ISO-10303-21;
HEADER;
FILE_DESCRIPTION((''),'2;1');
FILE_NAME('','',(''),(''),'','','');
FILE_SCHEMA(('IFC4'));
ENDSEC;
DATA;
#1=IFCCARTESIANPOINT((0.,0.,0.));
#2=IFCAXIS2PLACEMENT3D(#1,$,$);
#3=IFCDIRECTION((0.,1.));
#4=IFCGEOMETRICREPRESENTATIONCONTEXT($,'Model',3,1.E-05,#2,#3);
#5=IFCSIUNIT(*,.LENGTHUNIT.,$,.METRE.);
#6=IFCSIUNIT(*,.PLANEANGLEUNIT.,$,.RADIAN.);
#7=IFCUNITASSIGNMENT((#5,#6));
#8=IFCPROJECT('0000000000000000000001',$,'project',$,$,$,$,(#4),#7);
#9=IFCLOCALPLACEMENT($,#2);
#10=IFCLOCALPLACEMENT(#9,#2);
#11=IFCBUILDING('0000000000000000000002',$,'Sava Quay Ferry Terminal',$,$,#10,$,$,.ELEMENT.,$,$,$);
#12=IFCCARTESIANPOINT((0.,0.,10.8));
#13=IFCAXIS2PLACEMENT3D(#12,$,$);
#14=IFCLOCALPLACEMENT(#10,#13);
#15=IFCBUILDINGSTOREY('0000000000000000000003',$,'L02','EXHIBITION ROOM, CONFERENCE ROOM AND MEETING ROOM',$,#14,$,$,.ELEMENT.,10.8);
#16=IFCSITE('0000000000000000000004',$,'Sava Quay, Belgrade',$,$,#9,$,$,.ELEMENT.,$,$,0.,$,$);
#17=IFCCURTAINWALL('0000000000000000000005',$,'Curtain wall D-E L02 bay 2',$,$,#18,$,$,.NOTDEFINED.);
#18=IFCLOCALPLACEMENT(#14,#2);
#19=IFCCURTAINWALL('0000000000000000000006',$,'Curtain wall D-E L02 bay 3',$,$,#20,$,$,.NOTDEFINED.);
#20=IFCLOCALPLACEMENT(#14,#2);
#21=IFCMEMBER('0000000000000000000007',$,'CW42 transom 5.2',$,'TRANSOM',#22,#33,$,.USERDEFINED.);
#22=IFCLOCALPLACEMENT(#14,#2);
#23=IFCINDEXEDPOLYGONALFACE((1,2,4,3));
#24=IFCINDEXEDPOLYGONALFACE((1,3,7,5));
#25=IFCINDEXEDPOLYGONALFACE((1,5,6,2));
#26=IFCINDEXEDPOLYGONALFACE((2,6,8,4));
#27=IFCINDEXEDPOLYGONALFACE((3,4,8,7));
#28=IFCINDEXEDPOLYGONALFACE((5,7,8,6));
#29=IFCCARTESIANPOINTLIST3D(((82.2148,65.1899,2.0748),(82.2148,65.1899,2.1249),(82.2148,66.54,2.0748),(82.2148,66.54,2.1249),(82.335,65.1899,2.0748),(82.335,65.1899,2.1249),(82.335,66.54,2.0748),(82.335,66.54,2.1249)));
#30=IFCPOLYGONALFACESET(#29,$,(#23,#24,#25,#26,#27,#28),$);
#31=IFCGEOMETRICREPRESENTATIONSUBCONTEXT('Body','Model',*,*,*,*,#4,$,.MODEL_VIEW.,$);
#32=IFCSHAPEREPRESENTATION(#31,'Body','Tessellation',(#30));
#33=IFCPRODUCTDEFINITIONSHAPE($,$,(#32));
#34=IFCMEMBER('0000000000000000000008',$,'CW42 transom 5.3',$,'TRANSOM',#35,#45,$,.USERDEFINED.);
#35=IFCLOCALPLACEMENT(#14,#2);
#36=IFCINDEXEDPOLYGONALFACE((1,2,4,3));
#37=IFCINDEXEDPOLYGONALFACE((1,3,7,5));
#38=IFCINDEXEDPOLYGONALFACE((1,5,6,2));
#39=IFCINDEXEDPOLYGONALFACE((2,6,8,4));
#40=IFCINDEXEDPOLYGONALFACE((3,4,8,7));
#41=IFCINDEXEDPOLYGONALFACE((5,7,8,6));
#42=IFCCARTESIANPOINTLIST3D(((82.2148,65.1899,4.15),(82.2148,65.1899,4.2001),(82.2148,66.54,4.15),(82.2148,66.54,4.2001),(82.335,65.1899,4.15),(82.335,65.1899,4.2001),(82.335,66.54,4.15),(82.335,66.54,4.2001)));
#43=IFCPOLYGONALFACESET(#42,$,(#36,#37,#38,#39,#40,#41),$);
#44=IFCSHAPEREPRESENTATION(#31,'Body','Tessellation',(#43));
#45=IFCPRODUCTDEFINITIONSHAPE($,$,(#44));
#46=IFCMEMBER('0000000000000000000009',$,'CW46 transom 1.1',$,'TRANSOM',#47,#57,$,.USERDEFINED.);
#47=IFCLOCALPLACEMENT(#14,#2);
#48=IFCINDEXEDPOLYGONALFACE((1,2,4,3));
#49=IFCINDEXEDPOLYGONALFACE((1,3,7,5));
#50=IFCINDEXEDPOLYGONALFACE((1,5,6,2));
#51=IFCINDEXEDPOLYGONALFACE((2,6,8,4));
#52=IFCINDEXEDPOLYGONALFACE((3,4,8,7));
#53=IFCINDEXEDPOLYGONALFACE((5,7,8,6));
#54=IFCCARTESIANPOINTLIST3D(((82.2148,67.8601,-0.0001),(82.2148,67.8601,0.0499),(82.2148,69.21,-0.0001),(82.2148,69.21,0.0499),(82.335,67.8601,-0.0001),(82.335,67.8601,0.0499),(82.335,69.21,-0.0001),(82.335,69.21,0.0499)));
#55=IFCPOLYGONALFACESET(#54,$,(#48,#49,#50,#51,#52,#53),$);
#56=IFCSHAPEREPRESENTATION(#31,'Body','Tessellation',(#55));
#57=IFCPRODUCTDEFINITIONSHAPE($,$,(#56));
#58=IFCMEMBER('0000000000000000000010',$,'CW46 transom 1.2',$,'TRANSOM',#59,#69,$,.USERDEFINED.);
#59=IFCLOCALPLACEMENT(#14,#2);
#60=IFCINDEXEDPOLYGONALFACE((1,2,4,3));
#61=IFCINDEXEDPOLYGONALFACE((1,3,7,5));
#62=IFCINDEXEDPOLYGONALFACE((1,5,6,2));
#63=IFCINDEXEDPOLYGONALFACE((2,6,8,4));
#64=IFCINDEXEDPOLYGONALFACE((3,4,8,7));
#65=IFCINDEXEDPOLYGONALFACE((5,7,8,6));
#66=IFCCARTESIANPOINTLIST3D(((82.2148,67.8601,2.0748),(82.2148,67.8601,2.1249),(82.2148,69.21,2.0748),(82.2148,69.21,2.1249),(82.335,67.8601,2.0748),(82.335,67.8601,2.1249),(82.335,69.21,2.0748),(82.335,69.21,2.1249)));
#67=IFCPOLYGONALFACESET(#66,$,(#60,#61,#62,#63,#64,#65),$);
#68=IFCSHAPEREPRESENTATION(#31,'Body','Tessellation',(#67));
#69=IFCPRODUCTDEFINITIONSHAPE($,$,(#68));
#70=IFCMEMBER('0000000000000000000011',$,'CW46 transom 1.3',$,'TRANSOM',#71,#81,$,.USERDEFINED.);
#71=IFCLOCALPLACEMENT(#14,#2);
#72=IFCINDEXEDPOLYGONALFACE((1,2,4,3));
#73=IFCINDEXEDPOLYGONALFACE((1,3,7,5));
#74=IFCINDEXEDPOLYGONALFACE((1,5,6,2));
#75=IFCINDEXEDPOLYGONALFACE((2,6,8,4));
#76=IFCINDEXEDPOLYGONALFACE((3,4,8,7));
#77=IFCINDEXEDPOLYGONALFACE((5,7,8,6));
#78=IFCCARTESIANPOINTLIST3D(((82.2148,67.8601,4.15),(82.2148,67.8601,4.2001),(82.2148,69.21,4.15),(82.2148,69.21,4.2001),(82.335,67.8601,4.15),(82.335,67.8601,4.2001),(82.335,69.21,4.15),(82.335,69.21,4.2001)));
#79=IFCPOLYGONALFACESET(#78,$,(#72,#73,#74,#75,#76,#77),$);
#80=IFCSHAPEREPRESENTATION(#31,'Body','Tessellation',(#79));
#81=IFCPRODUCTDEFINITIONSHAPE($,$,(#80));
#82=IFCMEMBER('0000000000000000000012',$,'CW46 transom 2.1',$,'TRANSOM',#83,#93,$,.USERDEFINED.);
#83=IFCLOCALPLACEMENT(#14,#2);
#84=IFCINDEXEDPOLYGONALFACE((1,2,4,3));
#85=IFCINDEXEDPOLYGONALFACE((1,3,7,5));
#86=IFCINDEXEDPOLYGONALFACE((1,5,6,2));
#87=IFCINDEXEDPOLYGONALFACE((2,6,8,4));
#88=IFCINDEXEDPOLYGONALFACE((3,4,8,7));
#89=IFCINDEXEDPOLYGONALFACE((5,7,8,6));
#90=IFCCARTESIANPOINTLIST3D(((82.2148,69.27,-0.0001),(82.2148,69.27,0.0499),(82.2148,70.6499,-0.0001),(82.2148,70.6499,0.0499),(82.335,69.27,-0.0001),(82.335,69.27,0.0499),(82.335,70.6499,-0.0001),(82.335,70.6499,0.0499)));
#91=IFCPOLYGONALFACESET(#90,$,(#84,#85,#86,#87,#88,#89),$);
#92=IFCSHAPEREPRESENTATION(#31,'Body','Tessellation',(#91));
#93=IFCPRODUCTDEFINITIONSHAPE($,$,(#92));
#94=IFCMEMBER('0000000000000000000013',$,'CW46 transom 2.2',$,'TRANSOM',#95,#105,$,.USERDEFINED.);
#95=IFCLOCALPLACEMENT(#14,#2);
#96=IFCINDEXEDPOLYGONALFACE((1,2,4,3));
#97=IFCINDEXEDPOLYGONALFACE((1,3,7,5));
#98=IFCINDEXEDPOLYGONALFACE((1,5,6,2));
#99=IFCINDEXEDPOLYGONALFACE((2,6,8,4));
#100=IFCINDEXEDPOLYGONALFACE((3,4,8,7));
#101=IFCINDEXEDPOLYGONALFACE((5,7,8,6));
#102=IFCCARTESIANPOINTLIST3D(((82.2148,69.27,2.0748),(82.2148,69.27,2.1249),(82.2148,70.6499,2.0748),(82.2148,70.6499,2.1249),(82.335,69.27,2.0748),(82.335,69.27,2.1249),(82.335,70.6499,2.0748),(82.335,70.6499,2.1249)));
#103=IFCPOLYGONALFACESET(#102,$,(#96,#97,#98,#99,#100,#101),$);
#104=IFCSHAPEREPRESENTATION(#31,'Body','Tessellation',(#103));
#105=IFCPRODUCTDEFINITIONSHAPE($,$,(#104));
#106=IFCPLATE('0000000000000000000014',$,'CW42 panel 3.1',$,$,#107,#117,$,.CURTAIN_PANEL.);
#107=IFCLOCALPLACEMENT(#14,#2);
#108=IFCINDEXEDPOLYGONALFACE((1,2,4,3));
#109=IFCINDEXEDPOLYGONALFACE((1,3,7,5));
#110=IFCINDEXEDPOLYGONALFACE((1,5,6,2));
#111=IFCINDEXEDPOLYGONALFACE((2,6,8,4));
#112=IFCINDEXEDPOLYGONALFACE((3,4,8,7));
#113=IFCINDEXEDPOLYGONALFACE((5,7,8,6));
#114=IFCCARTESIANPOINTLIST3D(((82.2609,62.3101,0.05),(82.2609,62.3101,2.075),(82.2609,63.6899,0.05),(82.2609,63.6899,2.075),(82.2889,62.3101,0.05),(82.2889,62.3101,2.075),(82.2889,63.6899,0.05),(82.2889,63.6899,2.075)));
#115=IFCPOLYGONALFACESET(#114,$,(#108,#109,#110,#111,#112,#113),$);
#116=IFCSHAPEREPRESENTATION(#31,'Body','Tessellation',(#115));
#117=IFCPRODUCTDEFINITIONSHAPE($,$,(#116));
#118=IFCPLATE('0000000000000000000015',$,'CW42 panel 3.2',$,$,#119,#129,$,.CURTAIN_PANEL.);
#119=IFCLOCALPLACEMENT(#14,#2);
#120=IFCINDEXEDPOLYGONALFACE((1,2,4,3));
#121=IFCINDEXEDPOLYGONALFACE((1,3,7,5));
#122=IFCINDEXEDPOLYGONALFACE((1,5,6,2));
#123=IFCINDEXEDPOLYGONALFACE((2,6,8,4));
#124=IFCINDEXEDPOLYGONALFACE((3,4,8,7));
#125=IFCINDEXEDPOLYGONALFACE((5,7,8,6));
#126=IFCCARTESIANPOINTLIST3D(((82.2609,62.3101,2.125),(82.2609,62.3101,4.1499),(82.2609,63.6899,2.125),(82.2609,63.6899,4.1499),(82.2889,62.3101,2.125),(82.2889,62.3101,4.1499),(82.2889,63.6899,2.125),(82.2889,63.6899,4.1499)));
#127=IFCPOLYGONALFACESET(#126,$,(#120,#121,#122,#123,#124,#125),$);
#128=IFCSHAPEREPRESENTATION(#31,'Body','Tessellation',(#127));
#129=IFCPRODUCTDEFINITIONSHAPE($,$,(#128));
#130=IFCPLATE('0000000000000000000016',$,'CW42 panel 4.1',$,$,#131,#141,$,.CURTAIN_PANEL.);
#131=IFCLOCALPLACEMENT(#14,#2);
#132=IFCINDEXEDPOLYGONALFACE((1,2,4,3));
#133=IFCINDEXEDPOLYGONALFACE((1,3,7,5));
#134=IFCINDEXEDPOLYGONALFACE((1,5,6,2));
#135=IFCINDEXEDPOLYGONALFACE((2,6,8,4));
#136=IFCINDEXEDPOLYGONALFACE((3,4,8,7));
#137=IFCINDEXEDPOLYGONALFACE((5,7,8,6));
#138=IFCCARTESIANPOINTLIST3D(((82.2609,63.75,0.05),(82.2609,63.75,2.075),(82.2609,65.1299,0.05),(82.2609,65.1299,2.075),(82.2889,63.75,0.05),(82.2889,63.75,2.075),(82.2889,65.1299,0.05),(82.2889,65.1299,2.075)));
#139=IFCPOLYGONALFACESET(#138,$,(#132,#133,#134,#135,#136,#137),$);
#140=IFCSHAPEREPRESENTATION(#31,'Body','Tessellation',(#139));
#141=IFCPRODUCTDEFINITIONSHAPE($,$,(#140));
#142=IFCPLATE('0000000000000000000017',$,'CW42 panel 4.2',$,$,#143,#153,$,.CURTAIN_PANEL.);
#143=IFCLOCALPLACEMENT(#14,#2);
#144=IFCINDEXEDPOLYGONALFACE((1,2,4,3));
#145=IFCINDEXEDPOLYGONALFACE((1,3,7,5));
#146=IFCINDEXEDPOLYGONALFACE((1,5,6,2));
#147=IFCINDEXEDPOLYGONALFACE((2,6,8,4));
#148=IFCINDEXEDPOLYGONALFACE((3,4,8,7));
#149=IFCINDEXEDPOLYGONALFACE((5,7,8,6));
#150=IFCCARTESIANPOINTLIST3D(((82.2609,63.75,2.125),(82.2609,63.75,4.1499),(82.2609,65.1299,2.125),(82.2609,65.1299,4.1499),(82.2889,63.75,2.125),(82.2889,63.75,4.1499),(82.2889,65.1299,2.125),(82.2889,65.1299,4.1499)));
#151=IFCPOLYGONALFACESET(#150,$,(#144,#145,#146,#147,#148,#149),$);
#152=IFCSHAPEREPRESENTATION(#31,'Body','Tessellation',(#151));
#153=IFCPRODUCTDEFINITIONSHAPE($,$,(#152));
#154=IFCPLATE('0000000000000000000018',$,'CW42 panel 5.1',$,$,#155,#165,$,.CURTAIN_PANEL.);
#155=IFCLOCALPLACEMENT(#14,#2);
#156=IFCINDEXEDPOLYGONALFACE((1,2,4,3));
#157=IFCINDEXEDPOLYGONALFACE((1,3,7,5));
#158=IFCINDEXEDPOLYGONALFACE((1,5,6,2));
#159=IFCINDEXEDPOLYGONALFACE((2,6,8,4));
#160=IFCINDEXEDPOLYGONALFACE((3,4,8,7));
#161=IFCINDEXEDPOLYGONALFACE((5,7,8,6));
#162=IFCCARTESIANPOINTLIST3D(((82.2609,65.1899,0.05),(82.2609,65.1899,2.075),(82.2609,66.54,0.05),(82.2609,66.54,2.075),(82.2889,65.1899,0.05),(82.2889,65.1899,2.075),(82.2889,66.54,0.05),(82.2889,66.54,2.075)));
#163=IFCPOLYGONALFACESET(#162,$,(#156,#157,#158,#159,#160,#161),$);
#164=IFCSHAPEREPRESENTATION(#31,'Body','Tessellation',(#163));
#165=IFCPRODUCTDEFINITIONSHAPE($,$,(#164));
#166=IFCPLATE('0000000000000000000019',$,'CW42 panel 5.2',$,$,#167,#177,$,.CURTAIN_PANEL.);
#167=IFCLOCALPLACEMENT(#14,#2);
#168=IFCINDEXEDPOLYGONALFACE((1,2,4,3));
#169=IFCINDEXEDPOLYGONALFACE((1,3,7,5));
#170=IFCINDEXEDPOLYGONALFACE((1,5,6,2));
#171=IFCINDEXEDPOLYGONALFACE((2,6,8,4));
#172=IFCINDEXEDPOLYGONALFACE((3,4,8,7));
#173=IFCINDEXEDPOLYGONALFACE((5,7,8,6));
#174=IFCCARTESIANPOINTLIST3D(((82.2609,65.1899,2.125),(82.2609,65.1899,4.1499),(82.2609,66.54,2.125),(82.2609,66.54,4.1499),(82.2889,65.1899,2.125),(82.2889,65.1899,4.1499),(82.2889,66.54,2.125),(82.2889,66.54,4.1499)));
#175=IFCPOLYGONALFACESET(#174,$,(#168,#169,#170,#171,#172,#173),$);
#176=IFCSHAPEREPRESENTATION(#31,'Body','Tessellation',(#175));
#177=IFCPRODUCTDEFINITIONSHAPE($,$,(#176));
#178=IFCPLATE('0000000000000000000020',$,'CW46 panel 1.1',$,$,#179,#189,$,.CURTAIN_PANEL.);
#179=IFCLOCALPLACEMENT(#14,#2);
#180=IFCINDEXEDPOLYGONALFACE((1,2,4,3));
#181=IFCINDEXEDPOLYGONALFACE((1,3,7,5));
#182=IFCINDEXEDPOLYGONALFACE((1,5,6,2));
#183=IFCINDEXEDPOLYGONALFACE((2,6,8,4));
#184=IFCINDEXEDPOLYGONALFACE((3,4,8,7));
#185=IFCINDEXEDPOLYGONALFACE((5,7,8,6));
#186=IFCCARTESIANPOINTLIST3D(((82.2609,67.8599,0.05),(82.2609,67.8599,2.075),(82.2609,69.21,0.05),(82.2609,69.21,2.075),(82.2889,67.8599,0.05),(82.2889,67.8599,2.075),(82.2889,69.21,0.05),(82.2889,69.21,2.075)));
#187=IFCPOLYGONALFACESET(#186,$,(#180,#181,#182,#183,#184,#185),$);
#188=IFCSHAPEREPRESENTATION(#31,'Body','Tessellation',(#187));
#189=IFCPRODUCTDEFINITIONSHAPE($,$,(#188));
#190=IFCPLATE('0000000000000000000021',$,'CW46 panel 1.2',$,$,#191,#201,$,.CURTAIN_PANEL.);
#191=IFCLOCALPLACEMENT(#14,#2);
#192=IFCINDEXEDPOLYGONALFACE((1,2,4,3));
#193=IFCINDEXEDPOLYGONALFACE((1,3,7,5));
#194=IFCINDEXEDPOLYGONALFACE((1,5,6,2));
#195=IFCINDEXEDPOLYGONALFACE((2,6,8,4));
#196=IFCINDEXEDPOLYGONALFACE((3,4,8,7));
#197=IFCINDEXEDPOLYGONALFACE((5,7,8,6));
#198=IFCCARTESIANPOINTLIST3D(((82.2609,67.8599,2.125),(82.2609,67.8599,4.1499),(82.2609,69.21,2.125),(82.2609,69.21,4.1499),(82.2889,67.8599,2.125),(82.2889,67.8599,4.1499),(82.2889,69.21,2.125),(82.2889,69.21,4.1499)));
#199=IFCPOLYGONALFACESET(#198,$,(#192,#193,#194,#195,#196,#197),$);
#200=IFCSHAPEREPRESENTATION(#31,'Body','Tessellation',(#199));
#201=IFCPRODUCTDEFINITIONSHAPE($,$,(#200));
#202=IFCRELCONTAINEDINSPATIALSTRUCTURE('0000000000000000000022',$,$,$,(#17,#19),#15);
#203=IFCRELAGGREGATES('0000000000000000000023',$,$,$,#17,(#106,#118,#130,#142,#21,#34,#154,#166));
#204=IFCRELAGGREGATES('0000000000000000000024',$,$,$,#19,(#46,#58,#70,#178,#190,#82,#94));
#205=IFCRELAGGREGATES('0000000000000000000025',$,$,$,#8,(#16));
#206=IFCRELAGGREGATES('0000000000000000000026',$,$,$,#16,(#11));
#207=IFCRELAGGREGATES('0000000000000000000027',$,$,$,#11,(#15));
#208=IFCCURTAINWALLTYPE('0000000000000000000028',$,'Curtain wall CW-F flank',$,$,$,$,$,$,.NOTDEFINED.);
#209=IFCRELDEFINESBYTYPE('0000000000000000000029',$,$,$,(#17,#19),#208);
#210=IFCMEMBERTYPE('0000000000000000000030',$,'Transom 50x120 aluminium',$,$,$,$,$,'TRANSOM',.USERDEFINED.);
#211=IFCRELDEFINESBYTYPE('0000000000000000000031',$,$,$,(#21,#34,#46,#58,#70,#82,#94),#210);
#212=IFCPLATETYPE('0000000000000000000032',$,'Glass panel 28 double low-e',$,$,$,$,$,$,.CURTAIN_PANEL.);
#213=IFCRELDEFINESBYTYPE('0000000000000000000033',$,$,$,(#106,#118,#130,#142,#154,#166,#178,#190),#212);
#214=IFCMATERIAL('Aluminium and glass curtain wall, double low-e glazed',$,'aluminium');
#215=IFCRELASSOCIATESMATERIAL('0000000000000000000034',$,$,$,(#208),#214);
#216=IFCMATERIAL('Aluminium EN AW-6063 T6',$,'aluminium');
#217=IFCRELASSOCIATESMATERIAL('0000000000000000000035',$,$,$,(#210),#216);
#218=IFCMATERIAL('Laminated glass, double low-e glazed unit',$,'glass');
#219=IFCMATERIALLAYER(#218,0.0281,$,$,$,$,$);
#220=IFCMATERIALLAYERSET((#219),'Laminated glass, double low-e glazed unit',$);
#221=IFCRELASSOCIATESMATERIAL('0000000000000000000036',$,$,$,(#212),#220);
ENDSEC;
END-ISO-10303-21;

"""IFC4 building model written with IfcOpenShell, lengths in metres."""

from ifc_helpers import new_model, si_unit, direction, frame, origin, origin_2d, place, context, subcontext, project, spatial, rectangle, extrude, material, layer, layer_set, material_profile, profile_set, type_object, element, aggregate, save


model = new_model("IFC4")

# Units and contexts
model_context = context("Model", 3, precision=1e-05, world=origin(), true_north=direction((0.0, 1.0)))
body_context = subcontext(model_context, "Body", "Model", "MODEL_VIEW")
ifc_project = project(units=[si_unit("LENGTHUNIT", "METRE"), si_unit("PLANEANGLEUNIT", "RADIAN")], contexts=[model_context])

# Site, building, storey
site_placement = place(None, origin())
site = spatial("IfcSite", under=ifc_project, at=site_placement, Name="Sava Quay, Belgrade", CompositionType="ELEMENT", RefElevation=0.0)
building_placement = place(site_placement, origin())
building = spatial("IfcBuilding", under=site, at=building_placement, Name="Sava Quay Ferry Terminal", CompositionType="ELEMENT")
storey_placement = place(building_placement, frame((0.0, 0.0, 10.8)))
storey = spatial("IfcBuildingStorey", under=building, at=storey_placement, Name="L02", Description="EXHIBITION ROOM, CONFERENCE ROOM AND MEETING ROOM", CompositionType="ELEMENT", Elevation=10.8)

# Curtain walls
ifc_material_1 = material(Name="Aluminium and glass curtain wall, double low-e glazed", Category="aluminium")
curtain_wall_type = type_object("IfcCurtainWallType", Name="Curtain wall CW-F flank", PredefinedType="NOTDEFINED", material=ifc_material_1)
curtain_wall_1_placement = place(storey_placement, origin())
curtain_wall_1 = element("IfcCurtainWall", 1, at=curtain_wall_1_placement, inside=storey, type_object=curtain_wall_type, Name="Curtain wall D-E L02 bay 2", PredefinedType="NOTDEFINED")
curtain_wall_2_placement = place(storey_placement, origin())
curtain_wall_2 = element("IfcCurtainWall", 2, at=curtain_wall_2_placement, inside=storey, type_object=curtain_wall_type, Name="Curtain wall D-E L02 bay 3", PredefinedType="NOTDEFINED")

# Members
ifc_material_2 = material(Name="Aluminium EN AW-6063 T6", Category="aluminium")
ifc_material_profile_1 = material_profile(ifc_material_2, rectangle(XDim=0.1201, YDim=0.05, at=origin_2d()), Name="Transom 50x120 aluminium")
ifc_profile_set_1 = profile_set([ifc_material_profile_1], Name="Aluminium EN AW-6063 T6")
member_type_1 = type_object("IfcMemberType", Name="Transom 50x120 aluminium", ElementType="TRANSOM", PredefinedType="USERDEFINED", material=ifc_profile_set_1)
member_1_placement = place(storey_placement, frame((82.2749, 65.1899, 2.0999), z_axis=(0.0, 1.0, 0.0), x_axis=(-1.0, 0.0, 0.0)))
member_1 = element("IfcMember", 3, at=member_1_placement, type_object=member_type_1, Name="CW42 transom 5.2", ObjectType="TRANSOM", PredefinedType="USERDEFINED", context=body_context, shape_type="SweptSolid", body=[
    extrude(rectangle(XDim=0.1201, YDim=0.05, at=origin_2d()), origin(), (0.0, 0.0, 1.0), 1.3501),
])
member_2_placement = place(storey_placement, frame((82.2749, 65.1899, 4.175), z_axis=(0.0, 1.0, 0.0), x_axis=(-1.0, 0.0, 0.0)))
member_2 = element("IfcMember", 4, at=member_2_placement, type_object=member_type_1, Name="CW42 transom 5.3", ObjectType="TRANSOM", PredefinedType="USERDEFINED", context=body_context, shape_type="SweptSolid", body=[
    extrude(rectangle(XDim=0.1201, YDim=0.05, at=origin_2d()), origin(), (0.0, 0.0, 1.0), 1.3501),
])
member_3_placement = place(storey_placement, frame((82.2749, 67.8601, 0.0249), z_axis=(0.0, 1.0, 0.0), x_axis=(-1.0, 0.0, 0.0)))
member_3 = element("IfcMember", 5, at=member_3_placement, type_object=member_type_1, Name="CW46 transom 1.1", ObjectType="TRANSOM", PredefinedType="USERDEFINED", context=body_context, shape_type="SweptSolid", body=[
    extrude(rectangle(XDim=0.1201, YDim=0.05, at=origin_2d()), origin(), (0.0, 0.0, 1.0), 1.3499),
])
member_4_placement = place(storey_placement, frame((82.2749, 67.8601, 2.0999), z_axis=(0.0, 1.0, 0.0), x_axis=(-1.0, 0.0, 0.0)))
member_4 = element("IfcMember", 6, at=member_4_placement, type_object=member_type_1, Name="CW46 transom 1.2", ObjectType="TRANSOM", PredefinedType="USERDEFINED", context=body_context, shape_type="SweptSolid", body=[
    extrude(rectangle(XDim=0.1201, YDim=0.05, at=origin_2d()), origin(), (0.0, 0.0, 1.0), 1.3499),
])
member_5_placement = place(storey_placement, frame((82.2749, 67.8601, 4.175), z_axis=(0.0, 1.0, 0.0), x_axis=(-1.0, 0.0, 0.0)))
member_5 = element("IfcMember", 7, at=member_5_placement, type_object=member_type_1, Name="CW46 transom 1.3", ObjectType="TRANSOM", PredefinedType="USERDEFINED", context=body_context, shape_type="SweptSolid", body=[
    extrude(rectangle(XDim=0.1201, YDim=0.05, at=origin_2d()), origin(), (0.0, 0.0, 1.0), 1.3499),
])
member_6_placement = place(storey_placement, frame((82.2749, 69.27, 0.0249), z_axis=(0.0, 1.0, 0.0), x_axis=(-1.0, 0.0, 0.0)))
member_6 = element("IfcMember", 8, at=member_6_placement, type_object=member_type_1, Name="CW46 transom 2.1", ObjectType="TRANSOM", PredefinedType="USERDEFINED", context=body_context, shape_type="SweptSolid", body=[
    extrude(rectangle(XDim=0.1201, YDim=0.05, at=origin_2d()), origin(), (0.0, 0.0, 1.0), 1.3799),
])
member_7_placement = place(storey_placement, frame((82.2749, 69.27, 2.0999), z_axis=(0.0, 1.0, 0.0), x_axis=(-1.0, 0.0, 0.0)))
member_7 = element("IfcMember", 9, at=member_7_placement, type_object=member_type_1, Name="CW46 transom 2.2", ObjectType="TRANSOM", PredefinedType="USERDEFINED", context=body_context, shape_type="SweptSolid", body=[
    extrude(rectangle(XDim=0.1201, YDim=0.05, at=origin_2d()), origin(), (0.0, 0.0, 1.0), 1.3799),
])

# Plates
ifc_material_3 = material(Name="Laminated glass, double low-e glazed unit", Category="glass")
ifc_layer_1 = layer(ifc_material_3, 0.0281)
ifc_layer_set_1 = layer_set([ifc_layer_1], Name="Laminated glass, double low-e glazed unit")
plate_type_1 = type_object("IfcPlateType", Name="Glass panel 28 double low-e", PredefinedType="CURTAIN_PANEL", material=ifc_layer_set_1)
plate_1_placement = place(storey_placement, frame((82.2749, 63.0, 0.05), z_axis=(0.0, 0.0, 1.0), x_axis=(0.0, 1.0, 0.0)))
plate_1 = element("IfcPlate", 10, at=plate_1_placement, type_object=plate_type_1, Name="CW42 panel 3.1", PredefinedType="CURTAIN_PANEL", context=body_context, shape_type="SweptSolid", body=[
    extrude(rectangle(XDim=1.3799, YDim=0.0281, at=origin_2d()), origin(), (0.0, 0.0, 1.0), 2.0249),
])
plate_2_placement = place(storey_placement, frame((82.2749, 63.0, 2.125), z_axis=(0.0, 0.0, 1.0), x_axis=(0.0, 1.0, 0.0)))
plate_2 = element("IfcPlate", 11, at=plate_2_placement, type_object=plate_type_1, Name="CW42 panel 3.2", PredefinedType="CURTAIN_PANEL", context=body_context, shape_type="SweptSolid", body=[
    extrude(rectangle(XDim=1.3799, YDim=0.0281, at=origin_2d()), origin(), (0.0, 0.0, 1.0), 2.0249),
])
plate_3_placement = place(storey_placement, frame((82.2749, 64.4399, 0.05), z_axis=(0.0, 0.0, 1.0), x_axis=(0.0, 1.0, 0.0)))
plate_3 = element("IfcPlate", 12, at=plate_3_placement, type_object=plate_type_1, Name="CW42 panel 4.1", PredefinedType="CURTAIN_PANEL", context=body_context, shape_type="SweptSolid", body=[
    extrude(rectangle(XDim=1.3799, YDim=0.0281, at=origin_2d()), origin(), (0.0, 0.0, 1.0), 2.0249),
])
plate_4_placement = place(storey_placement, frame((82.2749, 64.4399, 2.125), z_axis=(0.0, 0.0, 1.0), x_axis=(0.0, 1.0, 0.0)))
plate_4 = element("IfcPlate", 13, at=plate_4_placement, type_object=plate_type_1, Name="CW42 panel 4.2", PredefinedType="CURTAIN_PANEL", context=body_context, shape_type="SweptSolid", body=[
    extrude(rectangle(XDim=1.3799, YDim=0.0281, at=origin_2d()), origin(), (0.0, 0.0, 1.0), 2.0249),
])
plate_5_placement = place(storey_placement, frame((82.2749, 65.865, 0.05), z_axis=(0.0, 0.0, 1.0), x_axis=(0.0, 1.0, 0.0)))
plate_5 = element("IfcPlate", 14, at=plate_5_placement, type_object=plate_type_1, Name="CW42 panel 5.1", PredefinedType="CURTAIN_PANEL", context=body_context, shape_type="SweptSolid", body=[
    extrude(rectangle(XDim=1.3501, YDim=0.0281, at=origin_2d()), origin(), (0.0, 0.0, 1.0), 2.0249),
])
plate_6_placement = place(storey_placement, frame((82.2749, 65.865, 2.125), z_axis=(0.0, 0.0, 1.0), x_axis=(0.0, 1.0, 0.0)))
plate_6 = element("IfcPlate", 15, at=plate_6_placement, type_object=plate_type_1, Name="CW42 panel 5.2", PredefinedType="CURTAIN_PANEL", context=body_context, shape_type="SweptSolid", body=[
    extrude(rectangle(XDim=1.3501, YDim=0.0281, at=origin_2d()), origin(), (0.0, 0.0, 1.0), 2.0249),
])
aggregate(curtain_wall_1, [plate_1, plate_2, plate_3, plate_4, member_1, member_2, plate_5, plate_6])
plate_7_placement = place(storey_placement, frame((82.2749, 68.5349, 0.05), z_axis=(0.0, 0.0, 1.0), x_axis=(0.0, 1.0, 0.0)))
plate_7 = element("IfcPlate", 16, at=plate_7_placement, type_object=plate_type_1, Name="CW46 panel 1.1", PredefinedType="CURTAIN_PANEL", context=body_context, shape_type="SweptSolid", body=[
    extrude(rectangle(XDim=1.3501, YDim=0.0281, at=origin_2d()), origin(), (0.0, 0.0, 1.0), 2.0249),
])
plate_8_placement = place(storey_placement, frame((82.2749, 68.5349, 2.125), z_axis=(0.0, 0.0, 1.0), x_axis=(0.0, 1.0, 0.0)))
plate_8 = element("IfcPlate", 17, at=plate_8_placement, type_object=plate_type_1, Name="CW46 panel 1.2", PredefinedType="CURTAIN_PANEL", context=body_context, shape_type="SweptSolid", body=[
    extrude(rectangle(XDim=1.3501, YDim=0.0281, at=origin_2d()), origin(), (0.0, 0.0, 1.0), 2.0249),
])
aggregate(curtain_wall_2, [member_3, member_4, member_5, plate_7, plate_8, member_6, member_7])

save(model, "model.ifc")
